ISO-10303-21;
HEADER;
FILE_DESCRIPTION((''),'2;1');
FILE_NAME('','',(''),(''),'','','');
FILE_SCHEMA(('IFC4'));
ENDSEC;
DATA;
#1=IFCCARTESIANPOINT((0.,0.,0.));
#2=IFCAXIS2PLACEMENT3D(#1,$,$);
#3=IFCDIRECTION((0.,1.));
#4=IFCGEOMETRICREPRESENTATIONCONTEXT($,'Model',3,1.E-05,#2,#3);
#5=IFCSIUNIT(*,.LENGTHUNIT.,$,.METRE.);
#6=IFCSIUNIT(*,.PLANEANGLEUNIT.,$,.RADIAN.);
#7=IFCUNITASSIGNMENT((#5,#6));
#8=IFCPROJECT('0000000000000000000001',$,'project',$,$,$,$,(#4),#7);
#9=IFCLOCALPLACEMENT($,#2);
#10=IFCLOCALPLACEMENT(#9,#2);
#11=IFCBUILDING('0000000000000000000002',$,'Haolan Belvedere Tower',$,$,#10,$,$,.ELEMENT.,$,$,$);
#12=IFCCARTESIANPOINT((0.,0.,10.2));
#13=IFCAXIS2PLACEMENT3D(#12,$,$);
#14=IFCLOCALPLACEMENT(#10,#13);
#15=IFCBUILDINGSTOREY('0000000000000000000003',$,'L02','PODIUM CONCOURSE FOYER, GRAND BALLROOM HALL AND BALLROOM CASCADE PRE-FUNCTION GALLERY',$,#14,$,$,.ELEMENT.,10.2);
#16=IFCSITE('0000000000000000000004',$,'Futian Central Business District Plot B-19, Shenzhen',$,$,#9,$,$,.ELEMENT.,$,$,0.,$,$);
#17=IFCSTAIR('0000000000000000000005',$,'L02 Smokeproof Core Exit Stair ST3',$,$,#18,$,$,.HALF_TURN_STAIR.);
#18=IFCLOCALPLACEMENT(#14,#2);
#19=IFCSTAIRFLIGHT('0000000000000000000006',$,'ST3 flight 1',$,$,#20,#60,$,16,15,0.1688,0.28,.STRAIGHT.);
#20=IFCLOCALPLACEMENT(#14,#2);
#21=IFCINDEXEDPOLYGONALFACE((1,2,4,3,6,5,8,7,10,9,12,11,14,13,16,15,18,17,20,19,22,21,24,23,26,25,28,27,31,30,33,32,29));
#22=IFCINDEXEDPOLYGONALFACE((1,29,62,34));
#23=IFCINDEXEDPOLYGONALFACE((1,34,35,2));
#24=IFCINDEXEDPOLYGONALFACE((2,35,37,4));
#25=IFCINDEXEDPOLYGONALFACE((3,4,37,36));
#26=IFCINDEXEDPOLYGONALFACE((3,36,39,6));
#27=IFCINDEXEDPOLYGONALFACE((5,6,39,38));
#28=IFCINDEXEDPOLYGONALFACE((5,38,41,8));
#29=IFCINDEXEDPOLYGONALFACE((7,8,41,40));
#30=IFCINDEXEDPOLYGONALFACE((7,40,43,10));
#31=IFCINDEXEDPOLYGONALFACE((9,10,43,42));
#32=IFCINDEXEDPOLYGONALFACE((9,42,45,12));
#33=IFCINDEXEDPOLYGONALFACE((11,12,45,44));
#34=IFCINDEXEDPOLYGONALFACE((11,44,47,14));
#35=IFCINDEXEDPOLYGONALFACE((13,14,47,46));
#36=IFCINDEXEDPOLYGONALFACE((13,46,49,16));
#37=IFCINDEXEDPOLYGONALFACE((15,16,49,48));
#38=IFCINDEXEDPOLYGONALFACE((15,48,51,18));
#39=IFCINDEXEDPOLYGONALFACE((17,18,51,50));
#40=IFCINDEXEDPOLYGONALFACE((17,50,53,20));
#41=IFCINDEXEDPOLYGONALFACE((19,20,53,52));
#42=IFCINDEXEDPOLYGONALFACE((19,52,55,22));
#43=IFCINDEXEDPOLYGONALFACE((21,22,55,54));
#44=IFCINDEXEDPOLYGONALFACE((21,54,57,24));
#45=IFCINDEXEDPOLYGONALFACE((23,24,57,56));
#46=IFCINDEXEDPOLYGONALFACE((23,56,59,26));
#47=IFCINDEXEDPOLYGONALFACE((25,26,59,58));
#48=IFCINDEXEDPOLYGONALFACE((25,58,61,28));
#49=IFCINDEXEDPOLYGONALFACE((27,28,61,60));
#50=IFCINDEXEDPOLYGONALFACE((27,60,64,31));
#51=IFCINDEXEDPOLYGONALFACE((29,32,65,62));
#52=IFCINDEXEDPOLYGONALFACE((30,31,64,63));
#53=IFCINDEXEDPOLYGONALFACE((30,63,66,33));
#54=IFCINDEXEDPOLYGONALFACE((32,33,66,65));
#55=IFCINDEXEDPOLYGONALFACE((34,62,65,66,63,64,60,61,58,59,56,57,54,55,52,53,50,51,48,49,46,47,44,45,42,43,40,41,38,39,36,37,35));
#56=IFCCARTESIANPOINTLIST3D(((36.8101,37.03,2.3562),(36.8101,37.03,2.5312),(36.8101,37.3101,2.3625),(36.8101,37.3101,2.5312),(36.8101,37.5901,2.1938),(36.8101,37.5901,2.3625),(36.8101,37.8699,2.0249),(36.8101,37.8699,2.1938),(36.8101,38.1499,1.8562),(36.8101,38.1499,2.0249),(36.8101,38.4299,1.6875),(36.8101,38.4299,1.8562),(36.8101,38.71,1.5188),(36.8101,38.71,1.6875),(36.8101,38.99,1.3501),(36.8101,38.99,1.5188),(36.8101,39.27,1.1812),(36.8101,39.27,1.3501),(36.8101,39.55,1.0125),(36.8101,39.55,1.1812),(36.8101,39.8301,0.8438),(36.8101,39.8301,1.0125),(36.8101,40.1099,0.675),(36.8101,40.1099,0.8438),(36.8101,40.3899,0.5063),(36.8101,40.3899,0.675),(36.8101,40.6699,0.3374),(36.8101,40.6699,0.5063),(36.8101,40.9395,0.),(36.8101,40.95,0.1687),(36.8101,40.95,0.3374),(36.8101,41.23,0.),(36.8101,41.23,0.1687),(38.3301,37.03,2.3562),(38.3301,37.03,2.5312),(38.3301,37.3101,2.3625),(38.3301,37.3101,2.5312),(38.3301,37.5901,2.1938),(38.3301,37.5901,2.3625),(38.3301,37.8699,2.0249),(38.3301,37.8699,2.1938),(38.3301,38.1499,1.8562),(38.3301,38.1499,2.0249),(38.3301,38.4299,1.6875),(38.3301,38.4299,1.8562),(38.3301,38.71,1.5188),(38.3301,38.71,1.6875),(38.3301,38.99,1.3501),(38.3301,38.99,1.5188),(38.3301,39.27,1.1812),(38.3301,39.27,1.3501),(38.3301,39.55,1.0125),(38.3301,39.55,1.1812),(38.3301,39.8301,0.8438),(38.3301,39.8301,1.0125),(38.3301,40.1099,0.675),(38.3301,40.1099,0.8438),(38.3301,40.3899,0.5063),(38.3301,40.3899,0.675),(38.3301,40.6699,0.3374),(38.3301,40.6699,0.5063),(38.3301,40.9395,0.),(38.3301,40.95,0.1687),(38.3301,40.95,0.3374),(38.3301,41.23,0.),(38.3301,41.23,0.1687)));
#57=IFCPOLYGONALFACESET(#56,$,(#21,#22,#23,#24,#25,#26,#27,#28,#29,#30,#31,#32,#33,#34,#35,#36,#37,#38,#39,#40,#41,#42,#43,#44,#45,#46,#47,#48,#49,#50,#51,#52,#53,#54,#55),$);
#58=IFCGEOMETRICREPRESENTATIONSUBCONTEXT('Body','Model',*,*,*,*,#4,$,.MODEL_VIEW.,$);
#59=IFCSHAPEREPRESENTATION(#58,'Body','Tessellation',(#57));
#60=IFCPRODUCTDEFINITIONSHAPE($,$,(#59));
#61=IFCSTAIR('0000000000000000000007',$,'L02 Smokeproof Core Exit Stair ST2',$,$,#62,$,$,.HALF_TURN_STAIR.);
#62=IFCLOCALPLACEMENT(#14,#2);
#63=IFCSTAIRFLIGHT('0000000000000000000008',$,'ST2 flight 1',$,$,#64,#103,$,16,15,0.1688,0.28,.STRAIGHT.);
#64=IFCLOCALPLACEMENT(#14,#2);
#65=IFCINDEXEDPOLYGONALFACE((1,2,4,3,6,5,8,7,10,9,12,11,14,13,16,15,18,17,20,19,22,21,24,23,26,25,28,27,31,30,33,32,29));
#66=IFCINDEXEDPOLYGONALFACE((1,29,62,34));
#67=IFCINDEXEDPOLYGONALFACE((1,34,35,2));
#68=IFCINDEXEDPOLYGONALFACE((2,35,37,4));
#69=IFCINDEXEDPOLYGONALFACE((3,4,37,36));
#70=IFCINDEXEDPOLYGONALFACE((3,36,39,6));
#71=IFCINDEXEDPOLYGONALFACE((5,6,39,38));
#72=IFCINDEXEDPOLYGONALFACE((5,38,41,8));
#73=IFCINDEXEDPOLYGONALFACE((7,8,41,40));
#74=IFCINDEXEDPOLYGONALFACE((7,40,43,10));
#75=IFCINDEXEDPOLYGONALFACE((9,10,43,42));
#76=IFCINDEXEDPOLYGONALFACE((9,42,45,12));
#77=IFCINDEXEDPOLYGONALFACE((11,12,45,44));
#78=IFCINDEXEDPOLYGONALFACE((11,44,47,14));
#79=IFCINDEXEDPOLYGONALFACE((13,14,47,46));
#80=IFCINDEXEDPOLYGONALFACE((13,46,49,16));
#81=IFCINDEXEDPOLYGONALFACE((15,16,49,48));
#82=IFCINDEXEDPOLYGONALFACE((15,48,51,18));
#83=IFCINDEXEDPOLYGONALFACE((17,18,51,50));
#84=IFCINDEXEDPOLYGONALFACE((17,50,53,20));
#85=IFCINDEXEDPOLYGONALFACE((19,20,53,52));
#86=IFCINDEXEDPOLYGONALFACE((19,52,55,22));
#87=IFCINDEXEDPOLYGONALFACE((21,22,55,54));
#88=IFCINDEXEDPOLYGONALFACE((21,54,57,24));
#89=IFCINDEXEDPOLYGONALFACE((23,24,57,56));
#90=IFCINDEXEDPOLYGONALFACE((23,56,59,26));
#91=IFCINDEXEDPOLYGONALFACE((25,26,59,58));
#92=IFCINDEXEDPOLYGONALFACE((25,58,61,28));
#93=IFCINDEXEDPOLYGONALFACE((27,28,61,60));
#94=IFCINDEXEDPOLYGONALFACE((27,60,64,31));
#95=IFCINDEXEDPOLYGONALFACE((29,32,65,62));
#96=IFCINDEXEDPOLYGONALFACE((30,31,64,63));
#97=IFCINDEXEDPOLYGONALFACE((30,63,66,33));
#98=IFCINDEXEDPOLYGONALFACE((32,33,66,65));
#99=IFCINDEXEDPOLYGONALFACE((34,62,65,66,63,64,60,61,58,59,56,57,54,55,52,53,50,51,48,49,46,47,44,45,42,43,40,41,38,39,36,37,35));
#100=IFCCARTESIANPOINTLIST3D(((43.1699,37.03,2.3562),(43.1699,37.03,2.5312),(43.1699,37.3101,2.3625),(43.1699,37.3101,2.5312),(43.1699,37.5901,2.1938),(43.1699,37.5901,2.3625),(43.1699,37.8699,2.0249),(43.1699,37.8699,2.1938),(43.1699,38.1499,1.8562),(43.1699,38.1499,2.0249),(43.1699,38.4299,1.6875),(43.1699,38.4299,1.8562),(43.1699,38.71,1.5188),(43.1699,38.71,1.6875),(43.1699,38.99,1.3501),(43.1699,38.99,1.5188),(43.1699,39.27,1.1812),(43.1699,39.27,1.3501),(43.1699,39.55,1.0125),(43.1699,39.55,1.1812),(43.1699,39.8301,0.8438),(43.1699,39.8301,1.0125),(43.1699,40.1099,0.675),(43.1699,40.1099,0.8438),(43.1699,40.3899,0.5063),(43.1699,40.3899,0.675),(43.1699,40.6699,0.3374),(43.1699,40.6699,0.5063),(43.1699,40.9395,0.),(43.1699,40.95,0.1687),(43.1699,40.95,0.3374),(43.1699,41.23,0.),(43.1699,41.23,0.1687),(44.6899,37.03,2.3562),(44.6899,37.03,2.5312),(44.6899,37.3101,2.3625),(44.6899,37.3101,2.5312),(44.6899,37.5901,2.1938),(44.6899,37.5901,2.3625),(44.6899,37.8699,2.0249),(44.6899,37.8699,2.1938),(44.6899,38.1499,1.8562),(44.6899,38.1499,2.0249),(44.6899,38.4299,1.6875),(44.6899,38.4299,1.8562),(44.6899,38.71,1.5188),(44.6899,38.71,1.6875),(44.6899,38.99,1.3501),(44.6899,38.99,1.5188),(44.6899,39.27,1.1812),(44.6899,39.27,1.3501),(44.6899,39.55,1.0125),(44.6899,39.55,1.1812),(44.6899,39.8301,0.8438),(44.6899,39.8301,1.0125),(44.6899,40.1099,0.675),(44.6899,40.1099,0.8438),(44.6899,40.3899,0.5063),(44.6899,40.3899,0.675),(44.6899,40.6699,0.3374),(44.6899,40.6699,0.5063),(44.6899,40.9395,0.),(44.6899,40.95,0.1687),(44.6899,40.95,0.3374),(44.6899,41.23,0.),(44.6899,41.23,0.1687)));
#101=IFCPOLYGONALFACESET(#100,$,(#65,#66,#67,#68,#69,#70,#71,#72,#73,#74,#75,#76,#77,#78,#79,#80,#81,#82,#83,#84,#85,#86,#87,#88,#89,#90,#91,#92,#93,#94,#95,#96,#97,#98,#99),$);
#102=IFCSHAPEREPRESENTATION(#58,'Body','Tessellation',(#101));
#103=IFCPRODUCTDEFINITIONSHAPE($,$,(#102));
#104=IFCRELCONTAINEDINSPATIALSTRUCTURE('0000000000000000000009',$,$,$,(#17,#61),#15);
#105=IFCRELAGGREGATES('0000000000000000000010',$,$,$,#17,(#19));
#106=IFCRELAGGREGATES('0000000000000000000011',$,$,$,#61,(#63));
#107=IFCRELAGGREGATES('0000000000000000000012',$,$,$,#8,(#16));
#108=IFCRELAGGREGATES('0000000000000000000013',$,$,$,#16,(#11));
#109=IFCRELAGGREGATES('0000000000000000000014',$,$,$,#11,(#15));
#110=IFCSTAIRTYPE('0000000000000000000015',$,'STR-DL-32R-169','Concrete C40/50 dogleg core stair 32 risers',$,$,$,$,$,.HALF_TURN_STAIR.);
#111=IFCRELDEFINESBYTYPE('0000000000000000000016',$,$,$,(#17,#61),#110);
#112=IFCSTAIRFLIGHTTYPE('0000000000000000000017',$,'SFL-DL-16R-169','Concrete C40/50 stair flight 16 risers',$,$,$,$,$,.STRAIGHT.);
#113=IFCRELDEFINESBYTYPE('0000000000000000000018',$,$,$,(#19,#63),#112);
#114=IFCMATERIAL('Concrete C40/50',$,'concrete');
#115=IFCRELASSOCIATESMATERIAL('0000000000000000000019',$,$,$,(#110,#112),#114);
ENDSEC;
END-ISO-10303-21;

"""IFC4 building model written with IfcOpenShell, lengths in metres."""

from ifc_helpers import new_model, si_unit, direction, frame, origin, place, context, subcontext, project, spatial, polyline, outline, extrude, material, type_object, element, aggregate, save


model = new_model("IFC4")

# Units and contexts
model_context = context("Model", 3, precision=1e-05, world=origin(), true_north=direction((0.0, 1.0)))
body_context = subcontext(model_context, "Body", "Model", "MODEL_VIEW")
ifc_project = project(units=[si_unit("LENGTHUNIT", "METRE"), si_unit("PLANEANGLEUNIT", "RADIAN")], contexts=[model_context])

# Site, building, storey
site_placement = place(None, origin())
site = spatial("IfcSite", under=ifc_project, at=site_placement, Name="Futian Central Business District Plot B-19, Shenzhen", CompositionType="ELEMENT", RefElevation=0.0)
building_placement = place(site_placement, origin())
building = spatial("IfcBuilding", under=site, at=building_placement, Name="Haolan Belvedere Tower", CompositionType="ELEMENT")
storey_placement = place(building_placement, frame((0.0, 0.0, 10.2)))
storey = spatial("IfcBuildingStorey", under=building, at=storey_placement, Name="L02", Description="PODIUM CONCOURSE FOYER, GRAND BALLROOM HALL AND BALLROOM CASCADE PRE-FUNCTION GALLERY", CompositionType="ELEMENT", Elevation=10.2)

# Stairs, stair flights
ifc_material_1 = material(Name="Concrete C40/50", Category="concrete")
stair_type = type_object("IfcStairType", Name="STR-DL-32R-169", Description="Concrete C40/50 dogleg core stair 32 risers", PredefinedType="HALF_TURN_STAIR", material=ifc_material_1)
stair_1_placement = place(storey_placement, origin())
stair_1 = element("IfcStair", 1, at=stair_1_placement, inside=storey, type_object=stair_type, Name="L02 Smokeproof Core Exit Stair ST3", PredefinedType="HALF_TURN_STAIR")
stair_flight_type = type_object("IfcStairFlightType", Name="SFL-DL-16R-169", Description="Concrete C40/50 stair flight 16 risers", PredefinedType="STRAIGHT", material=ifc_material_1)
stair_flight_1_placement = place(storey_placement, frame((37.5701, 41.23, 0.0), z_axis=(0.0, 0.0, 1.0), x_axis=(0.0, -1.0, 0.0)))
stair_flight_1 = element("IfcStairFlight", 2, at=stair_flight_1_placement, type_object=stair_flight_type, Name="ST3 flight 1", NumberOfRisers=16, NumberOfTreads=15, PredefinedType="STRAIGHT", RiserHeight=0.1688, TreadLength=0.28, context=body_context, shape_type="SweptSolid", body=[
    extrude(outline(polyline([(0.0, 0.0), (0.0, 0.1687), (0.28, 0.1687), (0.28, 0.3374), (0.5601, 0.3374), (0.5601, 0.5063), (0.8401, 0.5063), (0.8401, 0.675), (1.1201, 0.675), (1.1201, 0.8438), (1.3999, 0.8438), (1.3999, 1.0125), (1.6799, 1.0125), (1.6799, 1.1812), (1.96, 1.1812), (1.96, 1.3501), (2.24, 1.3501), (2.24, 1.5188), (2.52, 1.5188), (2.52, 1.6875), (2.8, 1.6875), (2.8, 1.8562), (3.0801, 1.8562), (3.0801, 2.0249), (3.3601, 2.0249), (3.3601, 2.1938), (3.6399, 2.1938), (3.6399, 2.3625), (3.9199, 2.3625), (3.9199, 2.5312), (4.2, 2.5312), (4.2, 2.7), (4.2, 2.3562), (0.2905, 0.0), (0.0, 0.0)])), frame((0.0, 0.76, 0.0), z_axis=(0.0, -1.0, 0.0), x_axis=(1.0, 0.0, 0.0)), (0.0, 0.0, 1.0), 1.52),
])
aggregate(stair_1, [stair_flight_1])
stair_2_placement = place(storey_placement, origin())
stair_2 = element("IfcStair", 3, at=stair_2_placement, inside=storey, type_object=stair_type, Name="L02 Smokeproof Core Exit Stair ST2", PredefinedType="HALF_TURN_STAIR")
stair_flight_2_placement = place(storey_placement, frame((43.9299, 41.23, 0.0), z_axis=(0.0, 0.0, 1.0), x_axis=(0.0, -1.0, 0.0)))
stair_flight_2 = element("IfcStairFlight", 4, at=stair_flight_2_placement, type_object=stair_flight_type, Name="ST2 flight 1", NumberOfRisers=16, NumberOfTreads=15, PredefinedType="STRAIGHT", RiserHeight=0.1688, TreadLength=0.28, context=body_context, shape_type="SweptSolid", body=[
    extrude(outline(polyline([(0.0, 0.0), (0.0, 0.1687), (0.28, 0.1687), (0.28, 0.3374), (0.5601, 0.3374), (0.5601, 0.5063), (0.8401, 0.5063), (0.8401, 0.675), (1.1201, 0.675), (1.1201, 0.8438), (1.3999, 0.8438), (1.3999, 1.0125), (1.6799, 1.0125), (1.6799, 1.1812), (1.96, 1.1812), (1.96, 1.3501), (2.24, 1.3501), (2.24, 1.5188), (2.52, 1.5188), (2.52, 1.6875), (2.8, 1.6875), (2.8, 1.8562), (3.0801, 1.8562), (3.0801, 2.0249), (3.3601, 2.0249), (3.3601, 2.1938), (3.6399, 2.1938), (3.6399, 2.3625), (3.9199, 2.3625), (3.9199, 2.5312), (4.2, 2.5312), (4.2, 2.7), (4.2, 2.3562), (0.2905, 0.0), (0.0, 0.0)])), frame((0.0, 0.76, 0.0), z_axis=(0.0, -1.0, 0.0), x_axis=(1.0, 0.0, 0.0)), (0.0, 0.0, 1.0), 1.52),
])
aggregate(stair_2, [stair_flight_2])

save(model, "model.ifc")
